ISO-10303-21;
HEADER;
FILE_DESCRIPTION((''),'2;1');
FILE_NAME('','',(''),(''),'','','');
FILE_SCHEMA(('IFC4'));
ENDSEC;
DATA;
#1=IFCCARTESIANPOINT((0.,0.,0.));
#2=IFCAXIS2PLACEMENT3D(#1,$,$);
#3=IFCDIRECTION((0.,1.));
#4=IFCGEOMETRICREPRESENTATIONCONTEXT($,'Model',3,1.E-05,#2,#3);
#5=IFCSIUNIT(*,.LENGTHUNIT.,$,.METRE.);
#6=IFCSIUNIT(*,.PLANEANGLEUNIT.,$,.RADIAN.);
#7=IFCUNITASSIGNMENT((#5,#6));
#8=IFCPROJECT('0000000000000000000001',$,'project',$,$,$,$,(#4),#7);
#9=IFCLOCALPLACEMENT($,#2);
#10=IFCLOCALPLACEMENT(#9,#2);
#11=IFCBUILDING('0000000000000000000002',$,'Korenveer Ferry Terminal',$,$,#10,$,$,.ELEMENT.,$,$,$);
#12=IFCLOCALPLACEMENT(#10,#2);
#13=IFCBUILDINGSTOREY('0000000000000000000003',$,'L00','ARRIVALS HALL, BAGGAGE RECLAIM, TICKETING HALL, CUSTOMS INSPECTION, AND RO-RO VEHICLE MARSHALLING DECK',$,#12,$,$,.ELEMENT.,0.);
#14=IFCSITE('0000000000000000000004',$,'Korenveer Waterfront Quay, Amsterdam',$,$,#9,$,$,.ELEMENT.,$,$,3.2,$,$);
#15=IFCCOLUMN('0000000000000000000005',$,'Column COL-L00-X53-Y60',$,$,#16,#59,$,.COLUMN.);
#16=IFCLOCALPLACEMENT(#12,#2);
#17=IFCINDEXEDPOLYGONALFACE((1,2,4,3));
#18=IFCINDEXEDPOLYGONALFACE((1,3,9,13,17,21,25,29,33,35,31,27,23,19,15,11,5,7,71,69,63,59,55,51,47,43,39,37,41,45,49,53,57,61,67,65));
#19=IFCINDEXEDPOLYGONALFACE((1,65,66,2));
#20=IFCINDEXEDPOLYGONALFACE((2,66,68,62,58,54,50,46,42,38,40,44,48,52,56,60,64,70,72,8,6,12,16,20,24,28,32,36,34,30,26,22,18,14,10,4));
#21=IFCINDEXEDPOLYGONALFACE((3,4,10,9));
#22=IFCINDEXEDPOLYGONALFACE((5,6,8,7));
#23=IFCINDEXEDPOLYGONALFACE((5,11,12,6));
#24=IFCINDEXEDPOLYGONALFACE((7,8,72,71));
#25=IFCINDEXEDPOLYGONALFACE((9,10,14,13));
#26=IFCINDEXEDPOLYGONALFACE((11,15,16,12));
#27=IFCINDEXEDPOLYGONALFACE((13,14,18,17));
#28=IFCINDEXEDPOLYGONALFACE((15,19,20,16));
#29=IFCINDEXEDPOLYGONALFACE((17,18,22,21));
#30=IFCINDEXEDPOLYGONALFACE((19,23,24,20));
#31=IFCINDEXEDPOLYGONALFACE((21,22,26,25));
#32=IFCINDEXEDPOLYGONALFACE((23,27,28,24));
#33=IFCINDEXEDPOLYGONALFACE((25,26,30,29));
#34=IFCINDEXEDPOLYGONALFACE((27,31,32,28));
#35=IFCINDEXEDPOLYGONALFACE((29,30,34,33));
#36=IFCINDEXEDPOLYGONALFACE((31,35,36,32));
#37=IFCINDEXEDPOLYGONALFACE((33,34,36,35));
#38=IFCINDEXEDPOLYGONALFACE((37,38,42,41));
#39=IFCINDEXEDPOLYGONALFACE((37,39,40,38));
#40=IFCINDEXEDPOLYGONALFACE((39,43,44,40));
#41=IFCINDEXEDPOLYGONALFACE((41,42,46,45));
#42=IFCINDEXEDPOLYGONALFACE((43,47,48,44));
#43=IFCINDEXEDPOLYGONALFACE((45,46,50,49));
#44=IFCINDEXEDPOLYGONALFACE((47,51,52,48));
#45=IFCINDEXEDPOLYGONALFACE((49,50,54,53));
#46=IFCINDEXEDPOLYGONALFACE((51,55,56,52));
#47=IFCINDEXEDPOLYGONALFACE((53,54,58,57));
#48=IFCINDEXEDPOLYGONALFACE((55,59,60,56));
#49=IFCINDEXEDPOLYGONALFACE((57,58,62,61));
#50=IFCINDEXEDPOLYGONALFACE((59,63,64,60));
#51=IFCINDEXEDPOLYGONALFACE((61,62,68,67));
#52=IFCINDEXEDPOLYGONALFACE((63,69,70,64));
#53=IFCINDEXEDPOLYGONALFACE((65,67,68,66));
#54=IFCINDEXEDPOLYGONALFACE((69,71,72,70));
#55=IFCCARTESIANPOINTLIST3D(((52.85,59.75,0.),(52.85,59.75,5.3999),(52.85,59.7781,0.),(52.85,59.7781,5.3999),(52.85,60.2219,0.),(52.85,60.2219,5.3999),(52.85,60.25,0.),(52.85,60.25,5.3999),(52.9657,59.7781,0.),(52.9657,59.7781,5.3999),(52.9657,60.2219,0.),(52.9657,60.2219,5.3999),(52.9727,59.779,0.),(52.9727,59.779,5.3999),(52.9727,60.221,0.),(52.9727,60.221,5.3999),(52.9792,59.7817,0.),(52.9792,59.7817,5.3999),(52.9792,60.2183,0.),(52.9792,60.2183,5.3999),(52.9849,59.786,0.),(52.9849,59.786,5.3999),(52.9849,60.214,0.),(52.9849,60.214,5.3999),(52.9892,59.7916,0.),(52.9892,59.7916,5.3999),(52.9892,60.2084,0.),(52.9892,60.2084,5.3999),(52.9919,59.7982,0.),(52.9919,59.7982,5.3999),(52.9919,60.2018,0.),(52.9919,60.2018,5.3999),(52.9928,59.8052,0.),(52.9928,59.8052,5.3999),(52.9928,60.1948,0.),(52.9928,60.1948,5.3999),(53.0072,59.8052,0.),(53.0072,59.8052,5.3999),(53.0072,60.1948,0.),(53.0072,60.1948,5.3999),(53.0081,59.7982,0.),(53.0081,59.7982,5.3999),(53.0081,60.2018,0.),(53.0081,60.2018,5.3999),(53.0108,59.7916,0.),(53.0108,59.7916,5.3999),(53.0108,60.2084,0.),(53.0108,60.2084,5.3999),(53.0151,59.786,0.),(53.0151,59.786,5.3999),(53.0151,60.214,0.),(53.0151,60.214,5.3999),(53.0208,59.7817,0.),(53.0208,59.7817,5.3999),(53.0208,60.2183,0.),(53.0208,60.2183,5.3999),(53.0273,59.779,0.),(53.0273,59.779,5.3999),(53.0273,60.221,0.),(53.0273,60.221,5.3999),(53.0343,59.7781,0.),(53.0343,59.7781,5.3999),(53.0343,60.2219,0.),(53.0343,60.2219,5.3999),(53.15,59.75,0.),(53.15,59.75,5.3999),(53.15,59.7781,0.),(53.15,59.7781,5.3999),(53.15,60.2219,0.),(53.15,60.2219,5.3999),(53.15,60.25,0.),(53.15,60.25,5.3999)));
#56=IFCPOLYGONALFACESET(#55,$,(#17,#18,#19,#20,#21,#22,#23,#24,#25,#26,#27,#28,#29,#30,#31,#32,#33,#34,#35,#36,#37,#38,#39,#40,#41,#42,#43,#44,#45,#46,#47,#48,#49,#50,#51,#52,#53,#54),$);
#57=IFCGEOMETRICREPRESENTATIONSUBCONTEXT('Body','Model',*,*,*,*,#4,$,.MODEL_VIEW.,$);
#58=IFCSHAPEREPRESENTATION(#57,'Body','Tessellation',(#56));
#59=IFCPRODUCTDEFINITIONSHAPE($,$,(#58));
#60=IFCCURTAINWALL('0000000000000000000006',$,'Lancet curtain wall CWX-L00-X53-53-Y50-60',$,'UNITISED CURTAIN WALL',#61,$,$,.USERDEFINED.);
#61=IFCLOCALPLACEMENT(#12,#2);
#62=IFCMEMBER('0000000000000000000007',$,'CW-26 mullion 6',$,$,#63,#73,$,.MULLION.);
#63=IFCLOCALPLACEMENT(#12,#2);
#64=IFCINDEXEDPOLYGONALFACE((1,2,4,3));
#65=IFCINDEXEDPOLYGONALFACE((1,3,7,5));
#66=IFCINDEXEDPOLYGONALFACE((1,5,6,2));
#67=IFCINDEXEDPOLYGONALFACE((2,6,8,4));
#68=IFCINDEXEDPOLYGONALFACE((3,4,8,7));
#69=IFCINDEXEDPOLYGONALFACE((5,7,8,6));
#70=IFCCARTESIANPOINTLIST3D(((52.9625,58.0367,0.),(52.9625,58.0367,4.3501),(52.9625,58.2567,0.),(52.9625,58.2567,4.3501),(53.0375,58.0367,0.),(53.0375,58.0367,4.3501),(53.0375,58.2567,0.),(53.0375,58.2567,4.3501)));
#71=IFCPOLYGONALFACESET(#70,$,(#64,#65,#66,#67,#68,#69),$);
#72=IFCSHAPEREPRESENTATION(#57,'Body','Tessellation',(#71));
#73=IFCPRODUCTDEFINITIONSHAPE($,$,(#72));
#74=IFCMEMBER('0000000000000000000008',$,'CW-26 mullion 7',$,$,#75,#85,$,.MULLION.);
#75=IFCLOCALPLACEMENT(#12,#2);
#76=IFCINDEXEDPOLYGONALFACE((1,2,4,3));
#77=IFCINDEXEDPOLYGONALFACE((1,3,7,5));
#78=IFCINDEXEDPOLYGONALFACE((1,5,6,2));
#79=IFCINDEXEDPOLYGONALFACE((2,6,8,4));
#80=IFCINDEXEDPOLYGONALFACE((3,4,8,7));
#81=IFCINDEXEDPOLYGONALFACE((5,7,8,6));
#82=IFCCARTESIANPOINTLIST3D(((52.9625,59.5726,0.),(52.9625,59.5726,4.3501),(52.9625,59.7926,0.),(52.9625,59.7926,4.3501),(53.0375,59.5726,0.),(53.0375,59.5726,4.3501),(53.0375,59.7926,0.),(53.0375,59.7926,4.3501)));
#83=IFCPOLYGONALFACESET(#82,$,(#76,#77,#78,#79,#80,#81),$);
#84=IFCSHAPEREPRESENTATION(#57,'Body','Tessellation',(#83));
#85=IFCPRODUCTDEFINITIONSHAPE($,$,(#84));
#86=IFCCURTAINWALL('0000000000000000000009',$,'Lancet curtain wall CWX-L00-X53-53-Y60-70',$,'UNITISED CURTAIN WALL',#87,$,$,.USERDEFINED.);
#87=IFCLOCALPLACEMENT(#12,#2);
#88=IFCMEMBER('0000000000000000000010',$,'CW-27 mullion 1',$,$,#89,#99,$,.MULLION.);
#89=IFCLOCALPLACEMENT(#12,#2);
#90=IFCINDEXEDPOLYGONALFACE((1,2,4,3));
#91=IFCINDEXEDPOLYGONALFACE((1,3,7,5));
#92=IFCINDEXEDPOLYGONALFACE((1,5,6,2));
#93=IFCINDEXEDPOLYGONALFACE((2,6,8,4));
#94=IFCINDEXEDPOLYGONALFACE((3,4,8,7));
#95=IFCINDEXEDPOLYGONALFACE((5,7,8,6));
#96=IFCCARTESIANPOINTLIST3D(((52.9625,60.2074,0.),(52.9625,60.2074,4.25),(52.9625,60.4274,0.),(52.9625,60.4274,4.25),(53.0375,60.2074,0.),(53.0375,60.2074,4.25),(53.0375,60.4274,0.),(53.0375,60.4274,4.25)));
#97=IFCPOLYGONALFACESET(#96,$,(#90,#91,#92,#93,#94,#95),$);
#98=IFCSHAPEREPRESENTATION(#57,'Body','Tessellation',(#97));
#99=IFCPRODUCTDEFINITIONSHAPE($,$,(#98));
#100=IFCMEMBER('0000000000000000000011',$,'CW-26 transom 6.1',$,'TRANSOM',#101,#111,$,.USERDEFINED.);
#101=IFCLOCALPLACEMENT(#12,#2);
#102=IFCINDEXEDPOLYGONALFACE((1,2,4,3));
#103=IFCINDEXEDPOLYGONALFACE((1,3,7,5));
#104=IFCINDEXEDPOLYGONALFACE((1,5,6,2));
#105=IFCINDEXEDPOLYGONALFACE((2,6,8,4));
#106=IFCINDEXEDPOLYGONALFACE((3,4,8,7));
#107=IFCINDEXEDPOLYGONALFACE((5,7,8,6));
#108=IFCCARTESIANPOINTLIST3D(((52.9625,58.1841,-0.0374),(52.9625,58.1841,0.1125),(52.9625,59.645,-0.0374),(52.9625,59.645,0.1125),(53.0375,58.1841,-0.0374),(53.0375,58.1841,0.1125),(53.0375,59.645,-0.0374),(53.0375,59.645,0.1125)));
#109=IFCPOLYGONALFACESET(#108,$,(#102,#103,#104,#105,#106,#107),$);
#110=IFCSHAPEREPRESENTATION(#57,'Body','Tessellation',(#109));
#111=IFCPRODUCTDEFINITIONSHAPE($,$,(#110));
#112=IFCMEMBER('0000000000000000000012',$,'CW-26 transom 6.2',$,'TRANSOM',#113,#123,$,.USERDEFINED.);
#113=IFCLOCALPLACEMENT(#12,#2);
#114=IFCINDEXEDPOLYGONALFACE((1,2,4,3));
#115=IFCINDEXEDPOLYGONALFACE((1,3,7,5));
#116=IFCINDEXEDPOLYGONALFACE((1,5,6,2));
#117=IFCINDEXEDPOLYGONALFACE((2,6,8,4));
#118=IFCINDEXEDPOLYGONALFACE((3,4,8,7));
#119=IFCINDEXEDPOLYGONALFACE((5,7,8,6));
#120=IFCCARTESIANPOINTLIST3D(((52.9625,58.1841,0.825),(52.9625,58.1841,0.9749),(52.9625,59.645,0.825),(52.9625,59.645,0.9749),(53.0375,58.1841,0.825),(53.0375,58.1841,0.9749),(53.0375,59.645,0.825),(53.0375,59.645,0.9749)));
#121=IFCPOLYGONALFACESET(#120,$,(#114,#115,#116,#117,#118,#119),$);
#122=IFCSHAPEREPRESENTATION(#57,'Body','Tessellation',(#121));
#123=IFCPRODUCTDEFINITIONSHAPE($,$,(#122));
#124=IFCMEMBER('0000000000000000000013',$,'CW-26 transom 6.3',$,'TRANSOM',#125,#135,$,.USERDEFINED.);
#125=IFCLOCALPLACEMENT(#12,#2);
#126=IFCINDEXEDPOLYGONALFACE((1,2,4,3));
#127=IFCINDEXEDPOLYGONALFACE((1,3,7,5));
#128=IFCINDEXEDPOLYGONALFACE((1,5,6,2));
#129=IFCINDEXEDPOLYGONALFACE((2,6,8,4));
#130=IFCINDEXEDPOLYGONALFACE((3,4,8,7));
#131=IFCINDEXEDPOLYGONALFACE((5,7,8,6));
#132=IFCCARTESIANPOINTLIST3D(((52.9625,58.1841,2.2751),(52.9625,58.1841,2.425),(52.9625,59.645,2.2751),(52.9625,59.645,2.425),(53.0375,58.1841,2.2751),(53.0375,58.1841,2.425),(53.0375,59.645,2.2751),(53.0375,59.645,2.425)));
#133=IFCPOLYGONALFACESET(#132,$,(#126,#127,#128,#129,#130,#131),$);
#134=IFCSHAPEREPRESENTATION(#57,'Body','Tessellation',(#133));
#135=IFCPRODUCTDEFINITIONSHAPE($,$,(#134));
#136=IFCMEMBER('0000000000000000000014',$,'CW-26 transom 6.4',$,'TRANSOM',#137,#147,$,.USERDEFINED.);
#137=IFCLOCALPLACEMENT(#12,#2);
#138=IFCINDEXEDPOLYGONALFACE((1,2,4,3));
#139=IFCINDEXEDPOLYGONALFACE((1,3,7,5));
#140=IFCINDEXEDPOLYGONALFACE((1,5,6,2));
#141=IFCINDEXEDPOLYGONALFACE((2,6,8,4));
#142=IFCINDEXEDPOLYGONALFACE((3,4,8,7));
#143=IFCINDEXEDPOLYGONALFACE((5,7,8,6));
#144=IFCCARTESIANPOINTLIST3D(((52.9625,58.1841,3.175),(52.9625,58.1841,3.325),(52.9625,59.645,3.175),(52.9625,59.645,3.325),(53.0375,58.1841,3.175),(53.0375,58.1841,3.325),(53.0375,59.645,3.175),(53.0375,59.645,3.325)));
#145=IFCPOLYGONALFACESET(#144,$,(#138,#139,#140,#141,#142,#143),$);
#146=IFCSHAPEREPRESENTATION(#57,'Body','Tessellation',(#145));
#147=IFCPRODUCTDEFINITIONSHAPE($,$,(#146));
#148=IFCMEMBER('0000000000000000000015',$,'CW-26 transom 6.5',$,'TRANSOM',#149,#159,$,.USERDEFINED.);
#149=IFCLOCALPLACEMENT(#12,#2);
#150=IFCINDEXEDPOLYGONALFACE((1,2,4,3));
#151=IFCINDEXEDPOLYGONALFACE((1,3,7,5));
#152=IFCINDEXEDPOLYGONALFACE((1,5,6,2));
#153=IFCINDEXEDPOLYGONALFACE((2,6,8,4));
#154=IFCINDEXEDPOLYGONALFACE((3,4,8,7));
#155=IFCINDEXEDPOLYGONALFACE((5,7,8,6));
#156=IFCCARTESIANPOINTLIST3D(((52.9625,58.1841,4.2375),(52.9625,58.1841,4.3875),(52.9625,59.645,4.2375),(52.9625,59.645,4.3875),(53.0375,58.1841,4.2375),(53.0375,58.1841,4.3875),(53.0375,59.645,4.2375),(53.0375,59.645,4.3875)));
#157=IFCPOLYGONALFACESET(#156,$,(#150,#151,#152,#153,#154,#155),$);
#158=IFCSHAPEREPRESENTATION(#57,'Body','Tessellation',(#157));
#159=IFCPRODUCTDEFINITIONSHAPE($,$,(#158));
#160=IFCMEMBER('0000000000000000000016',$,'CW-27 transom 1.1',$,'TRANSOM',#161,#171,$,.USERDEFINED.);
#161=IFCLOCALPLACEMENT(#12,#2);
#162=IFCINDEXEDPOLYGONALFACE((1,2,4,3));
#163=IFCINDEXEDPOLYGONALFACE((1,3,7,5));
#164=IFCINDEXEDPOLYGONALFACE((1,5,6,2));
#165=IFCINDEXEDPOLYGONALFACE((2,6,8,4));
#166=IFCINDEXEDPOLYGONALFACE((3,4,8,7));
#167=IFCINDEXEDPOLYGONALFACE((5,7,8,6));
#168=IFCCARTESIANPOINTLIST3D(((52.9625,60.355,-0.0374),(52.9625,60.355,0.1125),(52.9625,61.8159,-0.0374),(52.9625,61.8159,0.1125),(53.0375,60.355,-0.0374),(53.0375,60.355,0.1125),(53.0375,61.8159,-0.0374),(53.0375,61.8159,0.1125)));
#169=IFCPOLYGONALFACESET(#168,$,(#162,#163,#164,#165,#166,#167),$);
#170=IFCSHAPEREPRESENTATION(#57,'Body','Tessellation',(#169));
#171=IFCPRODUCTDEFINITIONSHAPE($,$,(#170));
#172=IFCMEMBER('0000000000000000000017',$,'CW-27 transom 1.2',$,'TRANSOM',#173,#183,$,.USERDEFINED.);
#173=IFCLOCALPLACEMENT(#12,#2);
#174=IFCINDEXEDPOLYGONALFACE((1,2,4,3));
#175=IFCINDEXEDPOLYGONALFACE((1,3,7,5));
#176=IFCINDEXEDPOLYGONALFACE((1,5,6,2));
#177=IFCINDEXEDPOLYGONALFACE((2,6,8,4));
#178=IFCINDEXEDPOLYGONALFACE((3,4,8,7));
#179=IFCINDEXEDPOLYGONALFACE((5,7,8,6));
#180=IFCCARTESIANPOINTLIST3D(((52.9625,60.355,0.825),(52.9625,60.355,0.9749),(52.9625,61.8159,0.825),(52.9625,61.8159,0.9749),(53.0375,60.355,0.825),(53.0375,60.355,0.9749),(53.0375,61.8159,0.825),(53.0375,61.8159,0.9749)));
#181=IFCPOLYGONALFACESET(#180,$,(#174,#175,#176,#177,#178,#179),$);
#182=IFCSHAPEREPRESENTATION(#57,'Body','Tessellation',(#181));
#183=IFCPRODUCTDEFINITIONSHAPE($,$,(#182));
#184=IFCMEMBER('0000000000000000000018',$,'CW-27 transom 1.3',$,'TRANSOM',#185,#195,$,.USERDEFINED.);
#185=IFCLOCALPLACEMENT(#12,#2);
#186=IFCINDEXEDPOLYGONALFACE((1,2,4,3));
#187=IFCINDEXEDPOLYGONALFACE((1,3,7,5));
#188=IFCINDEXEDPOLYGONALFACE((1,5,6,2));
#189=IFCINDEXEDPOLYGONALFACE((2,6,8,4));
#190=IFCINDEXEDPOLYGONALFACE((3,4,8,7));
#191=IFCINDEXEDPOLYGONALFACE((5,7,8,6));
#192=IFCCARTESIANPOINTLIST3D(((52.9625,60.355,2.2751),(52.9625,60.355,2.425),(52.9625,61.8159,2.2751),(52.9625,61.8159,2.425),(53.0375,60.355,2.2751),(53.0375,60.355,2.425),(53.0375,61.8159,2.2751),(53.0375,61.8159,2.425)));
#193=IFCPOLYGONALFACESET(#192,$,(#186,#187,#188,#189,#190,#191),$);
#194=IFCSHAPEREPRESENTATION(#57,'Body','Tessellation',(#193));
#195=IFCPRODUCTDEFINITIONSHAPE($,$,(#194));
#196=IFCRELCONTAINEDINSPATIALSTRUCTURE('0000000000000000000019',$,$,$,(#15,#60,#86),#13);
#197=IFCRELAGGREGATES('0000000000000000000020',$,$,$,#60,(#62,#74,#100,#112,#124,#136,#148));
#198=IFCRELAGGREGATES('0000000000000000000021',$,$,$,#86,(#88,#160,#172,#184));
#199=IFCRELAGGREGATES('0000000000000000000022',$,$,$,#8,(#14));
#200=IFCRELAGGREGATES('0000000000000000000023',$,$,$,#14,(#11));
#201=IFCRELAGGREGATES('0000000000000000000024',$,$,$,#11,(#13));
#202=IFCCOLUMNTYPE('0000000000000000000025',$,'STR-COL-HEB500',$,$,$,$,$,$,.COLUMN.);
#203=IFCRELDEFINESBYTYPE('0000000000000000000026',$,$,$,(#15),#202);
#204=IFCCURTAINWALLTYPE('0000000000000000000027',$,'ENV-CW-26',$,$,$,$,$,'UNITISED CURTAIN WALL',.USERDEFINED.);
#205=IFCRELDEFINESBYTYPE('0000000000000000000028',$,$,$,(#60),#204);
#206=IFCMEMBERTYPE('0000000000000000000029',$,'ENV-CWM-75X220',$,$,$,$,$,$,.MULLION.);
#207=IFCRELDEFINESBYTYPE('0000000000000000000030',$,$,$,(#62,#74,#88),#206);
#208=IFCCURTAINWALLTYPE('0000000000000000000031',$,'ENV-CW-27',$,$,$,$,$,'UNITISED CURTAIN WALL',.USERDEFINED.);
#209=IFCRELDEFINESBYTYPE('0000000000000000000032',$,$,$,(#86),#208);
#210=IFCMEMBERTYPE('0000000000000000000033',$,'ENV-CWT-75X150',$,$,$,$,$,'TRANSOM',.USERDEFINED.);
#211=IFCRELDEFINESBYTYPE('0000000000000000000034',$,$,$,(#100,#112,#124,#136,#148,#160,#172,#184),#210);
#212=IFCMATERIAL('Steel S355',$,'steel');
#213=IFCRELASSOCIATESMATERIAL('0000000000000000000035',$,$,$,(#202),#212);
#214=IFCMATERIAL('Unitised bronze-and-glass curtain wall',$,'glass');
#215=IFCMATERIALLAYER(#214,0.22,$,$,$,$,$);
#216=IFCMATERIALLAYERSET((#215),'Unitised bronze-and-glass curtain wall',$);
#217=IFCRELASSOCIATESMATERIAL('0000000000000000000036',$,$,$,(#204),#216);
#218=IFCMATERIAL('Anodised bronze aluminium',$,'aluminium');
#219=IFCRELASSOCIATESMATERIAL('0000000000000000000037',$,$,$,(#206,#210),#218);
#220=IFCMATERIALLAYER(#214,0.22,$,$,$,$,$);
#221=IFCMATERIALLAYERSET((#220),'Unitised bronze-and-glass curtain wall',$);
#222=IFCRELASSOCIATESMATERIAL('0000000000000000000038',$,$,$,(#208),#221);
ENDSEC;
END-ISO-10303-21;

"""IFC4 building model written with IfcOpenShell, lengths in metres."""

from ifc_helpers import new_model, si_unit, direction, frame, origin, origin_2d, place, context, subcontext, project, spatial, rectangle, i_section, extrude, material, layer, layer_set, material_profile, profile_set, type_object, element, aggregate, save


model = new_model("IFC4")

# Units and contexts
model_context = context("Model", 3, precision=1e-05, world=origin(), true_north=direction((0.0, 1.0)))
body_context = subcontext(model_context, "Body", "Model", "MODEL_VIEW")
ifc_project = project(units=[si_unit("LENGTHUNIT", "METRE"), si_unit("PLANEANGLEUNIT", "RADIAN")], contexts=[model_context])

# Site, building, storey
site_placement = place(None, origin())
site = spatial("IfcSite", under=ifc_project, at=site_placement, Name="Korenveer Waterfront Quay, Amsterdam", CompositionType="ELEMENT", RefElevation=3.2)
building_placement = place(site_placement, origin())
building = spatial("IfcBuilding", under=site, at=building_placement, Name="Korenveer Ferry Terminal", CompositionType="ELEMENT")
storey_placement = place(building_placement, origin())
storey = spatial("IfcBuildingStorey", under=building, at=storey_placement, Name="L00", Description="ARRIVALS HALL, BAGGAGE RECLAIM, TICKETING HALL, CUSTOMS INSPECTION, AND RO-RO VEHICLE MARSHALLING DECK", CompositionType="ELEMENT", Elevation=0.0)

# Column
ifc_material_1 = material(Name="Steel S355", Category="steel")
ifc_material_profile_1 = material_profile(ifc_material_1, i_section(OverallWidth=0.3, OverallDepth=0.5, WebThickness=0.0144, FlangeThickness=0.0281, FilletRadius=0.0271, at=origin_2d()), Name="HEB 500")
ifc_profile_set_1 = profile_set([ifc_material_profile_1], Name="Steel S355")
column_type = type_object("IfcColumnType", Name="STR-COL-HEB500", PredefinedType="COLUMN", material=ifc_profile_set_1)
column_placement = place(storey_placement, frame((53.0, 60.0, 0.0), z_axis=(0.0, 0.0, 1.0), x_axis=(1.0, 0.0, 0.0)))
element("IfcColumn", 1, at=column_placement, inside=storey, type_object=column_type, Name="Column COL-L00-X53-Y60", PredefinedType="COLUMN", context=body_context, shape_type="SweptSolid", body=[
    extrude(i_section(OverallWidth=0.3, OverallDepth=0.5, WebThickness=0.0144, FlangeThickness=0.0281, FilletRadius=0.0271, at=origin_2d()), origin(), (0.0, 0.0, 1.0), 5.3999),
])

# Curtain wall, members
ifc_material_2 = material(Name="Unitised bronze-and-glass curtain wall", Category="glass")
ifc_layer_1 = layer(ifc_material_2, 0.22)
ifc_layer_set_1 = layer_set([ifc_layer_1], Name="Unitised bronze-and-glass curtain wall")
curtain_wall_type_1 = type_object("IfcCurtainWallType", Name="ENV-CW-26", ElementType="UNITISED CURTAIN WALL", PredefinedType="USERDEFINED", material=ifc_layer_set_1)
curtain_wall_1_placement = place(storey_placement, frame((53.0, 50.28, 0.0)))
curtain_wall_1 = element("IfcCurtainWall", 2, at=curtain_wall_1_placement, inside=storey, type_object=curtain_wall_type_1, Name="Lancet curtain wall CWX-L00-X53-53-Y50-60", ObjectType="UNITISED CURTAIN WALL", PredefinedType="USERDEFINED")
ifc_material_3 = material(Name="Anodised bronze aluminium", Category="aluminium")
ifc_material_profile_2 = material_profile(ifc_material_3, rectangle(XDim=0.075, YDim=0.22, at=origin_2d()), Name="ALU 75x220")
ifc_profile_set_2 = profile_set([ifc_material_profile_2], Name="Anodised bronze aluminium")
member_type_1 = type_object("IfcMemberType", Name="ENV-CWM-75X220", PredefinedType="MULLION", material=ifc_profile_set_2)
member_1_placement = place(storey_placement, frame((53.0, 58.1467, 0.0), z_axis=(0.0, 0.0, 1.0), x_axis=(-1.0, 0.0, 0.0)))
member_1 = element("IfcMember", 3, at=member_1_placement, type_object=member_type_1, Name="CW-26 mullion 6", PredefinedType="MULLION", context=body_context, shape_type="SweptSolid", body=[
    extrude(rectangle(XDim=0.075, YDim=0.22, at=origin_2d()), origin(), (0.0, 0.0, 1.0), 4.3501),
])
member_2_placement = place(storey_placement, frame((53.0, 59.6826, 0.0), z_axis=(0.0, 0.0, 1.0), x_axis=(-1.0, 0.0, 0.0)))
member_2 = element("IfcMember", 4, at=member_2_placement, type_object=member_type_1, Name="CW-26 mullion 7", PredefinedType="MULLION", context=body_context, shape_type="SweptSolid", body=[
    extrude(rectangle(XDim=0.075, YDim=0.22, at=origin_2d()), origin(), (0.0, 0.0, 1.0), 4.3501),
])

# Curtain wall, member
ifc_layer_2 = layer(ifc_material_2, 0.22)
ifc_layer_set_2 = layer_set([ifc_layer_2], Name="Unitised bronze-and-glass curtain wall")
curtain_wall_type_2 = type_object("IfcCurtainWallType", Name="ENV-CW-27", ElementType="UNITISED CURTAIN WALL", PredefinedType="USERDEFINED", material=ifc_layer_set_2)
curtain_wall_2_placement = place(storey_placement, frame((53.0, 60.28, 0.0)))
curtain_wall_2 = element("IfcCurtainWall", 5, at=curtain_wall_2_placement, inside=storey, type_object=curtain_wall_type_2, Name="Lancet curtain wall CWX-L00-X53-53-Y60-70", ObjectType="UNITISED CURTAIN WALL", PredefinedType="USERDEFINED")
member_3_placement = place(storey_placement, frame((53.0, 60.3174, 0.0), z_axis=(0.0, 0.0, 1.0), x_axis=(-1.0, 0.0, 0.0)))
member_3 = element("IfcMember", 6, at=member_3_placement, type_object=member_type_1, Name="CW-27 mullion 1", PredefinedType="MULLION", context=body_context, shape_type="SweptSolid", body=[
    extrude(rectangle(XDim=0.075, YDim=0.22, at=origin_2d()), origin(), (0.0, 0.0, 1.0), 4.25),
])

# Members
ifc_material_profile_3 = material_profile(ifc_material_3, rectangle(XDim=0.075, YDim=0.1499, at=origin_2d()), Name="ALU 75x150")
ifc_profile_set_3 = profile_set([ifc_material_profile_3], Name="Anodised bronze aluminium")
member_type_2 = type_object("IfcMemberType", Name="ENV-CWT-75X150", ElementType="TRANSOM", PredefinedType="USERDEFINED", material=ifc_profile_set_3)
member_4_placement = place(storey_placement, frame((53.0, 58.1841, 0.0376), z_axis=(0.0, 1.0, 0.0), x_axis=(-1.0, 0.0, 0.0)))
member_4 = element("IfcMember", 7, at=member_4_placement, type_object=member_type_2, Name="CW-26 transom 6.1", ObjectType="TRANSOM", PredefinedType="USERDEFINED", context=body_context, shape_type="SweptSolid", body=[
    extrude(rectangle(XDim=0.075, YDim=0.1499, at=origin_2d()), origin(), (0.0, 0.0, 1.0), 1.4609),
])
member_5_placement = place(storey_placement, frame((53.0, 58.1841, 0.8999), z_axis=(0.0, 1.0, 0.0), x_axis=(-1.0, 0.0, 0.0)))
member_5 = element("IfcMember", 8, at=member_5_placement, type_object=member_type_2, Name="CW-26 transom 6.2", ObjectType="TRANSOM", PredefinedType="USERDEFINED", context=body_context, shape_type="SweptSolid", body=[
    extrude(rectangle(XDim=0.075, YDim=0.1499, at=origin_2d()), origin(), (0.0, 0.0, 1.0), 1.4609),
])
member_6_placement = place(storey_placement, frame((53.0, 58.1841, 2.3501), z_axis=(0.0, 1.0, 0.0), x_axis=(-1.0, 0.0, 0.0)))
member_6 = element("IfcMember", 9, at=member_6_placement, type_object=member_type_2, Name="CW-26 transom 6.3", ObjectType="TRANSOM", PredefinedType="USERDEFINED", context=body_context, shape_type="SweptSolid", body=[
    extrude(rectangle(XDim=0.075, YDim=0.1499, at=origin_2d()), origin(), (0.0, 0.0, 1.0), 1.4609),
])
member_7_placement = place(storey_placement, frame((53.0, 58.1841, 3.25), z_axis=(0.0, 1.0, 0.0), x_axis=(-1.0, 0.0, 0.0)))
member_7 = element("IfcMember", 10, at=member_7_placement, type_object=member_type_2, Name="CW-26 transom 6.4", ObjectType="TRANSOM", PredefinedType="USERDEFINED", context=body_context, shape_type="SweptSolid", body=[
    extrude(rectangle(XDim=0.075, YDim=0.1499, at=origin_2d()), origin(), (0.0, 0.0, 1.0), 1.4609),
])
member_8_placement = place(storey_placement, frame((53.0, 58.1841, 4.3125), z_axis=(0.0, 1.0, 0.0), x_axis=(-1.0, 0.0, 0.0)))
member_8 = element("IfcMember", 11, at=member_8_placement, type_object=member_type_2, Name="CW-26 transom 6.5", ObjectType="TRANSOM", PredefinedType="USERDEFINED", context=body_context, shape_type="SweptSolid", body=[
    extrude(rectangle(XDim=0.075, YDim=0.1499, at=origin_2d()), origin(), (0.0, 0.0, 1.0), 1.4609),
])
member_9_placement = place(storey_placement, frame((53.0, 60.355, 0.0376), z_axis=(0.0, 1.0, 0.0), x_axis=(-1.0, 0.0, 0.0)))
member_9 = element("IfcMember", 12, at=member_9_placement, type_object=member_type_2, Name="CW-27 transom 1.1", ObjectType="TRANSOM", PredefinedType="USERDEFINED", context=body_context, shape_type="SweptSolid", body=[
    extrude(rectangle(XDim=0.075, YDim=0.1499, at=origin_2d()), origin(), (0.0, 0.0, 1.0), 1.4609),
])
member_10_placement = place(storey_placement, frame((53.0, 60.355, 0.8999), z_axis=(0.0, 1.0, 0.0), x_axis=(-1.0, 0.0, 0.0)))
member_10 = element("IfcMember", 13, at=member_10_placement, type_object=member_type_2, Name="CW-27 transom 1.2", ObjectType="TRANSOM", PredefinedType="USERDEFINED", context=body_context, shape_type="SweptSolid", body=[
    extrude(rectangle(XDim=0.075, YDim=0.1499, at=origin_2d()), origin(), (0.0, 0.0, 1.0), 1.4609),
])
member_11_placement = place(storey_placement, frame((53.0, 60.355, 2.3501), z_axis=(0.0, 1.0, 0.0), x_axis=(-1.0, 0.0, 0.0)))
member_11 = element("IfcMember", 14, at=member_11_placement, type_object=member_type_2, Name="CW-27 transom 1.3", ObjectType="TRANSOM", PredefinedType="USERDEFINED", context=body_context, shape_type="SweptSolid", body=[
    extrude(rectangle(XDim=0.075, YDim=0.1499, at=origin_2d()), origin(), (0.0, 0.0, 1.0), 1.4609),
])

aggregate(curtain_wall_1, [member_1, member_2, member_4, member_5, member_6, member_7, member_8])
aggregate(curtain_wall_2, [member_3, member_9, member_10, member_11])

save(model, "model.ifc")
